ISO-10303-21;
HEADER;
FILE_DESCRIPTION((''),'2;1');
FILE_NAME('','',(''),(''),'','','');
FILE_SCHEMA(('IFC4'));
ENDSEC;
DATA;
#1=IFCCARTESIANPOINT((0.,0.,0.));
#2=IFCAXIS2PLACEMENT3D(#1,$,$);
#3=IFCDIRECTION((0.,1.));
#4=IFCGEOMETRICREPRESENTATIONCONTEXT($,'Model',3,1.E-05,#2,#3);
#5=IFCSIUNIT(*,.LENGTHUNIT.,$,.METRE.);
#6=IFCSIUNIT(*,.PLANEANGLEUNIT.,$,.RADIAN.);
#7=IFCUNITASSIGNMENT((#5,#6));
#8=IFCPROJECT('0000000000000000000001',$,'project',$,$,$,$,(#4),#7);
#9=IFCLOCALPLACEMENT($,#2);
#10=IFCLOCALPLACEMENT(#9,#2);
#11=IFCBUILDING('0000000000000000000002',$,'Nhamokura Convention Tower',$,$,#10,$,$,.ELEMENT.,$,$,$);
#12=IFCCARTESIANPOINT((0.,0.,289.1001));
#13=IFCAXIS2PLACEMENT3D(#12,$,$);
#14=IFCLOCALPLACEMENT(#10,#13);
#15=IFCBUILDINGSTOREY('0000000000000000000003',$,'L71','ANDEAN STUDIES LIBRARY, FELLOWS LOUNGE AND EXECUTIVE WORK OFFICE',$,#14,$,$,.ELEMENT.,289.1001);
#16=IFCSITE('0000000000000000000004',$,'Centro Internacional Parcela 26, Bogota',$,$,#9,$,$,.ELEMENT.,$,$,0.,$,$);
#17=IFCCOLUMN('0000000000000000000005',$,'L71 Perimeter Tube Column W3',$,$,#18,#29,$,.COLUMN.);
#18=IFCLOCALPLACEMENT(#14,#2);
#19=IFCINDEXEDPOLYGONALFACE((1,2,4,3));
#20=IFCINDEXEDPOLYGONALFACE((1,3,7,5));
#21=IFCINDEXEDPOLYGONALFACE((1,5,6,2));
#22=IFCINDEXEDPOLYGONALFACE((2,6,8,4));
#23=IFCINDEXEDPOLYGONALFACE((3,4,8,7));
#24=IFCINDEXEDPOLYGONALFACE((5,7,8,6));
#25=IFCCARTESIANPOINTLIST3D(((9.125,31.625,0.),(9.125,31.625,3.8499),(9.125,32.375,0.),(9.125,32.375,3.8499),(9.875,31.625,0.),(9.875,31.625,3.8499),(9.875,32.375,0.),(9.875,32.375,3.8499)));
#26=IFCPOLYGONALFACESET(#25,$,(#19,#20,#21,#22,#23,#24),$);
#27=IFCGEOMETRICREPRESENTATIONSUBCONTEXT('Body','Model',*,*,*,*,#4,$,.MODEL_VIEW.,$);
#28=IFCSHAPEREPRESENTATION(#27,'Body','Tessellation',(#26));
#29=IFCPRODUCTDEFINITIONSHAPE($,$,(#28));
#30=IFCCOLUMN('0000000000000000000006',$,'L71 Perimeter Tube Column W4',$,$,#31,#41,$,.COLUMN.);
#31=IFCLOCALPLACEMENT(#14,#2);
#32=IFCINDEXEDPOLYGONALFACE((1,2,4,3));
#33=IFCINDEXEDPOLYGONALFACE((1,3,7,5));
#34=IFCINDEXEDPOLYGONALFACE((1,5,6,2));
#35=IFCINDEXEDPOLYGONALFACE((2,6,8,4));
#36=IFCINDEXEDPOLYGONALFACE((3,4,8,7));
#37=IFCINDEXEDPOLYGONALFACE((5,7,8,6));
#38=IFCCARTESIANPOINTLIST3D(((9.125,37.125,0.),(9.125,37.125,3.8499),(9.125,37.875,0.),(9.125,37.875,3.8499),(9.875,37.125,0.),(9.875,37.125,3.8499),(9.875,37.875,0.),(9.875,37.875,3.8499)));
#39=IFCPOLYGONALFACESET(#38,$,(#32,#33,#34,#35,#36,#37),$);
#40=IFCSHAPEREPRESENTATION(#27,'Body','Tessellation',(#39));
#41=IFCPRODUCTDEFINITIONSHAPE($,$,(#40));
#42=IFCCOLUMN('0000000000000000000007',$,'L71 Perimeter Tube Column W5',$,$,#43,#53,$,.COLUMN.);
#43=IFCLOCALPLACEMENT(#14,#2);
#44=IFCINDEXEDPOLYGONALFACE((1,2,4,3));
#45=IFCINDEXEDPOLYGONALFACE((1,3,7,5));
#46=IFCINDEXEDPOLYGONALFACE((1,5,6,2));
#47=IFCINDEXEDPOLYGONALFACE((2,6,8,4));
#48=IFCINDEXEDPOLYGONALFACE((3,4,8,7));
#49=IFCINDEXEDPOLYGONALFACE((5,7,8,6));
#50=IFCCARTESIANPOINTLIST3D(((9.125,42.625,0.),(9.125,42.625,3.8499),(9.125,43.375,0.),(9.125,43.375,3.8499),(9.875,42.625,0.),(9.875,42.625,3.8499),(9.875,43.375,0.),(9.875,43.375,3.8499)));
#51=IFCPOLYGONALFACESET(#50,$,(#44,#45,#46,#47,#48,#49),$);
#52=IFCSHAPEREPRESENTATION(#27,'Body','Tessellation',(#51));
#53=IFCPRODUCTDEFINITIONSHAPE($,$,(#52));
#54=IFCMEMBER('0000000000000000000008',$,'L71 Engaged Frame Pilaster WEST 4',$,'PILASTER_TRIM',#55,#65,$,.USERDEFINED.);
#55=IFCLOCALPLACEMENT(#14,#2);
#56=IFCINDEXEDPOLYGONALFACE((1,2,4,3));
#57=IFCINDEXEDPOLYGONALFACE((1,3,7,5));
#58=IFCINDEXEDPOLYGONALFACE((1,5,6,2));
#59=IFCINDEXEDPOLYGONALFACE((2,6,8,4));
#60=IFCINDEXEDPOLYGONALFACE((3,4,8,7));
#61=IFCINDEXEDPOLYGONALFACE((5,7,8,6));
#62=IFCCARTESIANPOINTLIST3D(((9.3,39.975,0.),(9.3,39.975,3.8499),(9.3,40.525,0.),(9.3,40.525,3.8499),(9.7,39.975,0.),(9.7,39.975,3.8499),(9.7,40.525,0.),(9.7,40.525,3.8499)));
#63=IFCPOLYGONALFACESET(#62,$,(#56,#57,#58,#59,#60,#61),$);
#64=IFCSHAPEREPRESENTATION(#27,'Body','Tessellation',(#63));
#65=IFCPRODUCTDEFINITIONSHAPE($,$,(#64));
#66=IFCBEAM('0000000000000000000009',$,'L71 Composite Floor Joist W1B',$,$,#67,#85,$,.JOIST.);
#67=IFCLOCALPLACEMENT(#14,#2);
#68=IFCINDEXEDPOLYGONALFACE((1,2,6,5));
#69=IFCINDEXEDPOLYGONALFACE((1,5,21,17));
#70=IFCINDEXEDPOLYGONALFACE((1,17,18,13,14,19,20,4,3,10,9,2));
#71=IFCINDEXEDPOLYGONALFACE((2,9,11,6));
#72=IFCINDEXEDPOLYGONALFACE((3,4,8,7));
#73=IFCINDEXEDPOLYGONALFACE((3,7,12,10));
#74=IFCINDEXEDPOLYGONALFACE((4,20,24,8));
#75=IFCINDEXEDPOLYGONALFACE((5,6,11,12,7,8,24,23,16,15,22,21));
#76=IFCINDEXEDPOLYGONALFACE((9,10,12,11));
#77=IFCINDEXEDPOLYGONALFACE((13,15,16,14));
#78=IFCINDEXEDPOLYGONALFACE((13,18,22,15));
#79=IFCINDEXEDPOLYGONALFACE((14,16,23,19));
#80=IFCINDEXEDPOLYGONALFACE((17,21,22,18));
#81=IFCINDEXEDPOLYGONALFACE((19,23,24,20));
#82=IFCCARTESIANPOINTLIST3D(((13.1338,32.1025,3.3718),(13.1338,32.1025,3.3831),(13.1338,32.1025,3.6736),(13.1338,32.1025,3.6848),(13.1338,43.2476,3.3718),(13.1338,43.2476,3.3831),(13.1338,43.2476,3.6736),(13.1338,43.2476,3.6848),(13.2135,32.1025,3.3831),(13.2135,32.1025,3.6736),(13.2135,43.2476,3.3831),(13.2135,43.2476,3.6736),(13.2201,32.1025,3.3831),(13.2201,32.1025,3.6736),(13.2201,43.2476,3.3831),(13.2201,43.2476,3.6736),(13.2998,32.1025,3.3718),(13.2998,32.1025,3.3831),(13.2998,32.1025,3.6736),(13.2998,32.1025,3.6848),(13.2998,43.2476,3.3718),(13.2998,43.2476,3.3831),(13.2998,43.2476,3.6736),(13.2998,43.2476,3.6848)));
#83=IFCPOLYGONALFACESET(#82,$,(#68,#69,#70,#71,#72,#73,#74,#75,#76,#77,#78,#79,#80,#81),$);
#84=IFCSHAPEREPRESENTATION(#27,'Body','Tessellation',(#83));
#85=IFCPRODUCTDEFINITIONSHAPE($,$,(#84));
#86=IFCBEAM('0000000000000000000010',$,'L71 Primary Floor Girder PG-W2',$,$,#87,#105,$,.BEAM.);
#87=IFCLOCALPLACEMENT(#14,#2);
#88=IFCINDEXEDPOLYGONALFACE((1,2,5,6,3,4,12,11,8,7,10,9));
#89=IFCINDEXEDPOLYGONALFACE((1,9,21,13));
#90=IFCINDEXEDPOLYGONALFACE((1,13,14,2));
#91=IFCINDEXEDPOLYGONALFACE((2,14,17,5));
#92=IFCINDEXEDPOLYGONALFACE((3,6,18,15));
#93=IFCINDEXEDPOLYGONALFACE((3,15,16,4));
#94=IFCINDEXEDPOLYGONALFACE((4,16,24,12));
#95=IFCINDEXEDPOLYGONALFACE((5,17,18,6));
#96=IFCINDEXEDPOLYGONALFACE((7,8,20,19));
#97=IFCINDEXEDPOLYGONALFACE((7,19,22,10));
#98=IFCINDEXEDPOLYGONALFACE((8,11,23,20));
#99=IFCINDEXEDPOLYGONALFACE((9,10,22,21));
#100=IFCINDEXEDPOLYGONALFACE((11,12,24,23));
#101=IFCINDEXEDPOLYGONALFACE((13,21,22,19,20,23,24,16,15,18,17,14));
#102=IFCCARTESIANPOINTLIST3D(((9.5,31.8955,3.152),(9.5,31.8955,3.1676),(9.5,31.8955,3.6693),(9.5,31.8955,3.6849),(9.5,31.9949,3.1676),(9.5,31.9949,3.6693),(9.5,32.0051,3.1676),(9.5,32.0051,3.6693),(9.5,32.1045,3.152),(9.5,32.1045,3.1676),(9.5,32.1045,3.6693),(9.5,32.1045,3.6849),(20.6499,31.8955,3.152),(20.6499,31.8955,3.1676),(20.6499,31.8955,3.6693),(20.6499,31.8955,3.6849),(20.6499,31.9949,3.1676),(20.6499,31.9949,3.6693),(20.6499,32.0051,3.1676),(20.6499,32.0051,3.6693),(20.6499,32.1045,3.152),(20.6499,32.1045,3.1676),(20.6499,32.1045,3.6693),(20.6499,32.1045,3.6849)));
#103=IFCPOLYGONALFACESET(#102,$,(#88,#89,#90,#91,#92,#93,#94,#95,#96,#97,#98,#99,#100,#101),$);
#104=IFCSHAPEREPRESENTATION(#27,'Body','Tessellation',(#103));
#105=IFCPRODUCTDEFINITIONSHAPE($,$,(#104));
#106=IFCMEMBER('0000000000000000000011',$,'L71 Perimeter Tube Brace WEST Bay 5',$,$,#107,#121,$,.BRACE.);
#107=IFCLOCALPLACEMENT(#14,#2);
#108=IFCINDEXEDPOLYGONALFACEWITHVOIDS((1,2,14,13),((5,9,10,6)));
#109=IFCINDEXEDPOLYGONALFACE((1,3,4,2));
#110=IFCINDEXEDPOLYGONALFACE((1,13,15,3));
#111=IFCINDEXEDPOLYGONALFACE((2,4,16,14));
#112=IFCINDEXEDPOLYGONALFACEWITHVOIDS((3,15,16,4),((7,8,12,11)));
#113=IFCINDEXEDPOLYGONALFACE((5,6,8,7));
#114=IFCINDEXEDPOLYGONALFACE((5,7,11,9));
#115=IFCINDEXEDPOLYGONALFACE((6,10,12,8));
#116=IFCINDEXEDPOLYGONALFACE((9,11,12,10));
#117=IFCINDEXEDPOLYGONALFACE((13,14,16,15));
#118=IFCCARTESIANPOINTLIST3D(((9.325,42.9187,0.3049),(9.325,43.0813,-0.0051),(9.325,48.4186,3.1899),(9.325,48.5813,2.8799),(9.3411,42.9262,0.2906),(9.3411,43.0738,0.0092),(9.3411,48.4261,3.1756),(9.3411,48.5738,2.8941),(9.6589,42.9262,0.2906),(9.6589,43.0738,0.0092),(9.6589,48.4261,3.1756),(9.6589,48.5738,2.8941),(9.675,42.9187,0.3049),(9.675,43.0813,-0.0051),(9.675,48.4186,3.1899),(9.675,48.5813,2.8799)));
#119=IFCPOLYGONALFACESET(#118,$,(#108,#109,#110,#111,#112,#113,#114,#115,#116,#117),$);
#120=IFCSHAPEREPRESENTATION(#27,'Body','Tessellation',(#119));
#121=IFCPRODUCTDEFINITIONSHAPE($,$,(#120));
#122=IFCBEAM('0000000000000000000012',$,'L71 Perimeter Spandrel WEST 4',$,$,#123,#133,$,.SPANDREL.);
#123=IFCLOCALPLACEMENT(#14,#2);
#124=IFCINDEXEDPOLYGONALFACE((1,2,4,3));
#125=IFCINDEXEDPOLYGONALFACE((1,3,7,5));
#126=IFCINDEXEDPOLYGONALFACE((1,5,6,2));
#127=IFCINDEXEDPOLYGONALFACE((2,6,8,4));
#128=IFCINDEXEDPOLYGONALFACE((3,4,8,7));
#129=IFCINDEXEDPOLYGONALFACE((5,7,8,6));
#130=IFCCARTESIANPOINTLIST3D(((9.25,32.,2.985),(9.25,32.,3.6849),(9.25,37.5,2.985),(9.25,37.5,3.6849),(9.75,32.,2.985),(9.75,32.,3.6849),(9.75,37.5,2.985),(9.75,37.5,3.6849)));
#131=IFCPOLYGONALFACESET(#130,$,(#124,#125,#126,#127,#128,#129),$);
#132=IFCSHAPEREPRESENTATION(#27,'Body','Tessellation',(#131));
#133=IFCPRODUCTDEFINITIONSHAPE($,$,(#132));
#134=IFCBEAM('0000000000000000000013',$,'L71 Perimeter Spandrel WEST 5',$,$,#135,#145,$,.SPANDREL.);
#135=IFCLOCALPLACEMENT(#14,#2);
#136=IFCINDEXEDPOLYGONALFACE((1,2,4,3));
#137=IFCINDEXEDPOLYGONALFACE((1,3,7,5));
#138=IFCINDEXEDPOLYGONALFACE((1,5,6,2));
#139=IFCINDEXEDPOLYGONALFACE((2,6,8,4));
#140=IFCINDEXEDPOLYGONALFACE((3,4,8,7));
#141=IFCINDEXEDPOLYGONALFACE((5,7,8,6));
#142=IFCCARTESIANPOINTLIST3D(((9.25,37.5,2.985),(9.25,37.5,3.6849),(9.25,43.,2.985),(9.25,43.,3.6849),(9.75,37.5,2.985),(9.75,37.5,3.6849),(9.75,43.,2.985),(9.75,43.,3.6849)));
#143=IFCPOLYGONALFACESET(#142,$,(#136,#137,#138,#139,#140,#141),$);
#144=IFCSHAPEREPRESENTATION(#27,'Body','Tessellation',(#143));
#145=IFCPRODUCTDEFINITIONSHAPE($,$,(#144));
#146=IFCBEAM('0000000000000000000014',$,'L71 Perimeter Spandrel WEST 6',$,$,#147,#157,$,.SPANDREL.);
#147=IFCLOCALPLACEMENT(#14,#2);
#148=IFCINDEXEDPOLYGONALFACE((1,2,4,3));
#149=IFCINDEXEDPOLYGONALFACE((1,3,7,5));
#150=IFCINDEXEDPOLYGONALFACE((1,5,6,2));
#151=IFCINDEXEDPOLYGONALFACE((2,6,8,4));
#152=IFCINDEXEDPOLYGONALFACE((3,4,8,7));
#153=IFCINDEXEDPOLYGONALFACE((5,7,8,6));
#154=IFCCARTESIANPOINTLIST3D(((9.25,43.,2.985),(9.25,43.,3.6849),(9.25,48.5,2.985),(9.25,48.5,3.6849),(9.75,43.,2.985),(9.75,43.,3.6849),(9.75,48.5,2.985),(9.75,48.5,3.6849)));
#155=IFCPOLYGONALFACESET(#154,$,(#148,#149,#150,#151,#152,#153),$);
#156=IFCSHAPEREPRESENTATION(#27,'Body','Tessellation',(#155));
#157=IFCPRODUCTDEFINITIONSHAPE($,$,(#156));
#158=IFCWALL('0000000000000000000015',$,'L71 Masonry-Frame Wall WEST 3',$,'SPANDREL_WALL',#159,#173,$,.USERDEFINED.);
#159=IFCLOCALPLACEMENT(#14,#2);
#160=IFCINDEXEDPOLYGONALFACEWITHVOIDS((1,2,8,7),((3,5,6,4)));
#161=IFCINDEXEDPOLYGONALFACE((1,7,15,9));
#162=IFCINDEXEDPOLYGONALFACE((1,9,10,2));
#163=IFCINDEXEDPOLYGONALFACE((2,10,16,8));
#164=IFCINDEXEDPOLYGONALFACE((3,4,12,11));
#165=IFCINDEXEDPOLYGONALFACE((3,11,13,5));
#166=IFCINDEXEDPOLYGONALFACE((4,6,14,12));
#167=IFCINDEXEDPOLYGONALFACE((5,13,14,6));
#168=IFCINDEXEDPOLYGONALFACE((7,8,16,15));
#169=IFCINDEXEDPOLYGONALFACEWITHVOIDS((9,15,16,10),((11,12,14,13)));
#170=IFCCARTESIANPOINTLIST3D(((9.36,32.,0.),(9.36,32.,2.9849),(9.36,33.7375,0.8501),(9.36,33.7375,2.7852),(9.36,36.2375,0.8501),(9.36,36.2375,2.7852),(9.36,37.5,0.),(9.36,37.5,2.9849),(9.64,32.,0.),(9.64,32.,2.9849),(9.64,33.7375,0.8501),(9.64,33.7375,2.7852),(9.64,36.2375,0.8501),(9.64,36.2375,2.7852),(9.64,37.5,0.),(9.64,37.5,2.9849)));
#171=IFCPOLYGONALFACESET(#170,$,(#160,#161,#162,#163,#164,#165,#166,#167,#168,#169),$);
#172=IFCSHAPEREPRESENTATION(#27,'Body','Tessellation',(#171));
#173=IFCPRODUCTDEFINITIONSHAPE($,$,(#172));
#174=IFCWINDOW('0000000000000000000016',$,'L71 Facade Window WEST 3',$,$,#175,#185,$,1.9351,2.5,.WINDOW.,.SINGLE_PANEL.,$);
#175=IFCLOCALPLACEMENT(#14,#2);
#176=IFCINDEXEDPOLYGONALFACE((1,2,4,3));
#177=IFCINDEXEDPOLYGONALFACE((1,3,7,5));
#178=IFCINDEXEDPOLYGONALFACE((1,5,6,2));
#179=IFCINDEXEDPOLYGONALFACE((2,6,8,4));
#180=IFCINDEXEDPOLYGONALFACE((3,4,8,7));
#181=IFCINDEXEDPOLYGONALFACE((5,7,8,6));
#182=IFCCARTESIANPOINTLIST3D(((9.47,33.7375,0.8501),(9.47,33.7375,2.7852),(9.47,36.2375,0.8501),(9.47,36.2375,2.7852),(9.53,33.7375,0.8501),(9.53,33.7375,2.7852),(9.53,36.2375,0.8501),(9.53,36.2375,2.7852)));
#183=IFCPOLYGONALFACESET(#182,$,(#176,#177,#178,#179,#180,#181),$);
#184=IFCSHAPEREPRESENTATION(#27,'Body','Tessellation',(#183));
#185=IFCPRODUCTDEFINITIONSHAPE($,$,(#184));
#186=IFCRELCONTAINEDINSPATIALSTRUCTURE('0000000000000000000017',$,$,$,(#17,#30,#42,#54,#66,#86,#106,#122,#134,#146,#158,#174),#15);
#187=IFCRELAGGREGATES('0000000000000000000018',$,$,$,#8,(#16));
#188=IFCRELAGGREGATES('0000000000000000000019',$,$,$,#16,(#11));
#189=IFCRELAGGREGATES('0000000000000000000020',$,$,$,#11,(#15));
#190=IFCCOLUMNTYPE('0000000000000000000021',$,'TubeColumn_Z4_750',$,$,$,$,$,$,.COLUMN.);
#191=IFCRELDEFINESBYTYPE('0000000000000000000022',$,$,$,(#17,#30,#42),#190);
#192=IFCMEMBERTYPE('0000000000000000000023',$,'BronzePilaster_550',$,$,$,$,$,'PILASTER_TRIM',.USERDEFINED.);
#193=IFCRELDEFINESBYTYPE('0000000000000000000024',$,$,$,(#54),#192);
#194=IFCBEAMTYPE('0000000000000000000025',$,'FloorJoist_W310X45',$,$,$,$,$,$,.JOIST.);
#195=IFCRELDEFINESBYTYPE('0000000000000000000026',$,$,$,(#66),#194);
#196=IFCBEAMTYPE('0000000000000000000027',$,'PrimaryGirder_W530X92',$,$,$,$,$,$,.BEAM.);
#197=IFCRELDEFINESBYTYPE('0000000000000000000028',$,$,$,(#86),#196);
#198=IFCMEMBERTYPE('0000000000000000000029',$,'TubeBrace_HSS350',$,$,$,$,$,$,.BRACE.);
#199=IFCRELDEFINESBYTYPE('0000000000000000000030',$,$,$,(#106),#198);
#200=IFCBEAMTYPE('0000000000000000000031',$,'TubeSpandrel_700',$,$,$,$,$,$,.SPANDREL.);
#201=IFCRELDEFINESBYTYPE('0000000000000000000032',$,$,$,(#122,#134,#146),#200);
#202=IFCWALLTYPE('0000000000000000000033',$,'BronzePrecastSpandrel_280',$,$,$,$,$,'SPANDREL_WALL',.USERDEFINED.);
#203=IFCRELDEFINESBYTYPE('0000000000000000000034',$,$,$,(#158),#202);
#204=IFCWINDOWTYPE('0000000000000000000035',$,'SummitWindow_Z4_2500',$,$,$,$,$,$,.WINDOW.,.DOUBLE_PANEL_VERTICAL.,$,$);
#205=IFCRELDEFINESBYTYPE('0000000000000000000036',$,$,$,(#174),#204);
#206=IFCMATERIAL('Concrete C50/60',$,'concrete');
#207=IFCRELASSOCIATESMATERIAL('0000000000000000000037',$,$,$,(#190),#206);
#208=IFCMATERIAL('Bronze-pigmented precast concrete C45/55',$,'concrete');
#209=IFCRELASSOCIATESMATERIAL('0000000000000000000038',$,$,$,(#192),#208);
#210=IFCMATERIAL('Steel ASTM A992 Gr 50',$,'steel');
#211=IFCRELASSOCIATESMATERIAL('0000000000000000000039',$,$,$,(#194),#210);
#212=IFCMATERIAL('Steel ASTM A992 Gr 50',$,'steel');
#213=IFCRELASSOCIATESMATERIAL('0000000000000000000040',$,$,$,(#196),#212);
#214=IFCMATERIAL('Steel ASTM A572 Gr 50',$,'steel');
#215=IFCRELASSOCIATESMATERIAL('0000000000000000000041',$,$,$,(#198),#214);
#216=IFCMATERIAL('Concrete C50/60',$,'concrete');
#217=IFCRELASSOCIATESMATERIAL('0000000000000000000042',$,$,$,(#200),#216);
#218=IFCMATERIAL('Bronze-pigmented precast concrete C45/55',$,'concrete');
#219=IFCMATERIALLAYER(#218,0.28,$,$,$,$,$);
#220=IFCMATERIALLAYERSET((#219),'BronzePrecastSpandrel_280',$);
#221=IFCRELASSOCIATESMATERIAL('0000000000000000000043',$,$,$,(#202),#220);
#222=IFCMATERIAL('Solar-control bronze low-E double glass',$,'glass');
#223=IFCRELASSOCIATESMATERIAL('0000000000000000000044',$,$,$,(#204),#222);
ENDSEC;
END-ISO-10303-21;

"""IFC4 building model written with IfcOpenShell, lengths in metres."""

from ifc_helpers import new_model, si_unit, direction, frame, frame_2d, origin, origin_2d, place, context, subcontext, project, spatial, rectangle, hollow_rectangle, i_section, extrude, material, layer, layer_set, material_profile, profile_set, type_object, element, fill, save


model = new_model("IFC4")

# Units and contexts
model_context = context("Model", 3, precision=1e-05, world=origin(), true_north=direction((0.0, 1.0)))
body_context = subcontext(model_context, "Body", "Model", "MODEL_VIEW")
ifc_project = project(units=[si_unit("LENGTHUNIT", "METRE"), si_unit("PLANEANGLEUNIT", "RADIAN")], contexts=[model_context])

# Site, building, storey
site_placement = place(None, origin())
site = spatial("IfcSite", under=ifc_project, at=site_placement, Name="Centro Internacional Parcela 26, Bogota", CompositionType="ELEMENT", RefElevation=0.0)
building_placement = place(site_placement, origin())
building = spatial("IfcBuilding", under=site, at=building_placement, Name="Nhamokura Convention Tower", CompositionType="ELEMENT")
storey_placement = place(building_placement, frame((0.0, 0.0, 289.1001)))
storey = spatial("IfcBuildingStorey", under=building, at=storey_placement, Name="L71", Description="ANDEAN STUDIES LIBRARY, FELLOWS LOUNGE AND EXECUTIVE WORK OFFICE", CompositionType="ELEMENT", Elevation=289.1001)

# Columns
ifc_material_1 = material(Name="Concrete C50/60", Category="concrete")
ifc_material_profile_1 = material_profile(ifc_material_1, rectangle(XDim=0.75, YDim=0.75, at=origin_2d()))
ifc_profile_set_1 = profile_set([ifc_material_profile_1], Name="Concrete C50/60")
column_type = type_object("IfcColumnType", Name="TubeColumn_Z4_750", PredefinedType="COLUMN", material=ifc_profile_set_1)
for number, where, z_axis, x_axis, name in (
    (1, (9.5, 32.0, 0.0), (0.0, 0.0, 1.0), (1.0, 0.0, 0.0), "L71 Perimeter Tube Column W3"),
    (2, (9.5, 37.5, 0.0), (0.0, 0.0, 1.0), (1.0, 0.0, 0.0), "L71 Perimeter Tube Column W4"),
    (3, (9.5, 43.0, 0.0), (0.0, 0.0, 1.0), (1.0, 0.0, 0.0), "L71 Perimeter Tube Column W5"),
):
    element("IfcColumn", number, at=place(storey_placement, frame(where, z_axis=z_axis, x_axis=x_axis)), inside=storey, type_object=column_type, Name=name, PredefinedType="COLUMN", context=body_context, shape_type="SweptSolid", body=[
        extrude(rectangle(XDim=0.75, YDim=0.75, at=origin_2d()), origin(), (0.0, 0.0, 1.0), 3.8499),
    ])

# Member
ifc_material_2 = material(Name="Bronze-pigmented precast concrete C45/55", Category="concrete")
ifc_material_profile_2 = material_profile(ifc_material_2, rectangle(XDim=0.3999, YDim=0.55, at=origin_2d()))
ifc_profile_set_2 = profile_set([ifc_material_profile_2], Name="Bronze-pigmented precast concrete C45/55")
member_type_1 = type_object("IfcMemberType", Name="BronzePilaster_550", ElementType="PILASTER_TRIM", PredefinedType="USERDEFINED", material=ifc_profile_set_2)
member_1_placement = place(storey_placement, frame((9.5, 40.25, 0.0), z_axis=(0.0, 0.0, 1.0), x_axis=(1.0, 0.0, 0.0)))
element("IfcMember", 4, at=member_1_placement, inside=storey, type_object=member_type_1, Name="L71 Engaged Frame Pilaster WEST 4", ObjectType="PILASTER_TRIM", PredefinedType="USERDEFINED", context=body_context, shape_type="SweptSolid", body=[
    extrude(rectangle(XDim=0.3999, YDim=0.55, at=origin_2d()), origin(), (0.0, 0.0, 1.0), 3.8499),
])

# Beams
ifc_material_3 = material(Name="Steel ASTM A992 Gr 50", Category="steel")
ifc_material_profile_3 = material_profile(ifc_material_3, i_section(OverallWidth=0.166, OverallDepth=0.313, WebThickness=0.0066, FlangeThickness=0.0112, at=origin_2d()))
ifc_profile_set_3 = profile_set([ifc_material_profile_3], Name="Steel ASTM A992 Gr 50")
beam_type_1 = type_object("IfcBeamType", Name="FloorJoist_W310X45", PredefinedType="JOIST", material=ifc_profile_set_3)
beam_1_placement = place(storey_placement, frame((13.2168, 32.1025, 3.5283), z_axis=(0.0, 1.0, 0.0), x_axis=(-1.0, 0.0, 0.0)))
element("IfcBeam", 5, at=beam_1_placement, inside=storey, type_object=beam_type_1, Name="L71 Composite Floor Joist W1B", PredefinedType="JOIST", context=body_context, shape_type="SweptSolid", body=[
    extrude(i_section(OverallWidth=0.166, OverallDepth=0.313, WebThickness=0.0066, FlangeThickness=0.0112, at=origin_2d()), origin(), (0.0, 0.0, 1.0), 11.145),
])
ifc_material_4 = material(Name="Steel ASTM A992 Gr 50", Category="steel")
ifc_material_profile_4 = material_profile(ifc_material_4, i_section(OverallWidth=0.209, OverallDepth=0.533, WebThickness=0.0103, FlangeThickness=0.0156, at=origin_2d()))
ifc_profile_set_4 = profile_set([ifc_material_profile_4], Name="Steel ASTM A992 Gr 50")
beam_type_2 = type_object("IfcBeamType", Name="PrimaryGirder_W530X92", PredefinedType="BEAM", material=ifc_profile_set_4)
beam_2_placement = place(storey_placement, frame((9.5, 32.0, 3.4185), z_axis=(1.0, 0.0, 0.0), x_axis=(0.0, 1.0, 0.0)))
element("IfcBeam", 6, at=beam_2_placement, inside=storey, type_object=beam_type_2, Name="L71 Primary Floor Girder PG-W2", PredefinedType="BEAM", context=body_context, shape_type="SweptSolid", body=[
    extrude(i_section(OverallWidth=0.209, OverallDepth=0.533, WebThickness=0.0103, FlangeThickness=0.0156, at=origin_2d()), origin(), (0.0, 0.0, 1.0), 11.1499),
])

# Member
ifc_material_5 = material(Name="Steel ASTM A572 Gr 50", Category="steel")
ifc_material_profile_5 = material_profile(ifc_material_5, hollow_rectangle(XDim=0.3501, YDim=0.3501, WallThickness=0.0161, at=origin_2d()))
ifc_profile_set_5 = profile_set([ifc_material_profile_5], Name="Steel ASTM A572 Gr 50")
member_type_2 = type_object("IfcMemberType", Name="TubeBrace_HSS350", PredefinedType="BRACE", material=ifc_profile_set_5)
member_2_placement = place(storey_placement, frame((9.5, 43.0, 0.1499), z_axis=(0.0, 0.885563, 0.46452), x_axis=(-1.0, 0.0, 0.0)))
element("IfcMember", 7, at=member_2_placement, inside=storey, type_object=member_type_2, Name="L71 Perimeter Tube Brace WEST Bay 5", PredefinedType="BRACE", context=body_context, shape_type="SweptSolid", body=[
    extrude(hollow_rectangle(XDim=0.3501, YDim=0.3501, WallThickness=0.0161, at=origin_2d()), origin(), (0.0, 0.0, 1.0), 6.2107),
])

# Beams
ifc_material_6 = material(Name="Concrete C50/60", Category="concrete")
ifc_material_profile_6 = material_profile(ifc_material_6, rectangle(XDim=0.5, YDim=0.7, at=origin_2d()))
ifc_profile_set_6 = profile_set([ifc_material_profile_6], Name="Concrete C50/60")
beam_type_3 = type_object("IfcBeamType", Name="TubeSpandrel_700", PredefinedType="SPANDREL", material=ifc_profile_set_6)
for number, where, z_axis, x_axis, name in (
    (8, (9.5, 32.0, 3.335), (0.0, 1.0, 0.0), (-1.0, 0.0, 0.0), "L71 Perimeter Spandrel WEST 4"),
    (9, (9.5, 37.5, 3.335), (0.0, 1.0, 0.0), (-1.0, 0.0, 0.0), "L71 Perimeter Spandrel WEST 5"),
    (10, (9.5, 43.0, 3.335), (0.0, 1.0, 0.0), (-1.0, 0.0, 0.0), "L71 Perimeter Spandrel WEST 6"),
):
    element("IfcBeam", number, at=place(storey_placement, frame(where, z_axis=z_axis, x_axis=x_axis)), inside=storey, type_object=beam_type_3, Name=name, PredefinedType="SPANDREL", context=body_context, shape_type="SweptSolid", body=[
        extrude(rectangle(XDim=0.5, YDim=0.7, at=origin_2d()), origin(), (0.0, 0.0, 1.0), 5.5),
    ])

# Wall, opening, window
ifc_material_7 = material(Name="Bronze-pigmented precast concrete C45/55", Category="concrete")
ifc_layer_1 = layer(ifc_material_7, 0.28)
ifc_layer_set_1 = layer_set([ifc_layer_1], Name="BronzePrecastSpandrel_280")
wall_type_1 = type_object("IfcWallType", Name="BronzePrecastSpandrel_280", ElementType="SPANDREL_WALL", PredefinedType="USERDEFINED", material=ifc_layer_set_1)
wall_1_placement = place(storey_placement, frame((9.5, 32.0, 0.0), z_axis=(0.0, 0.0, 1.0), x_axis=(0.0, 1.0, 0.0)))
wall_1 = element("IfcWall", 11, at=wall_1_placement, inside=storey, type_object=wall_type_1, Name="L71 Masonry-Frame Wall WEST 3", ObjectType="SPANDREL_WALL", PredefinedType="USERDEFINED", context=body_context, shape_type="SweptSolid", body=[
    extrude(rectangle(XDim=5.5, YDim=0.28, at=frame_2d((2.75, 0.0))), origin(), (0.0, 0.0, 1.0), 2.9849),
])
opening_1_placement = place(wall_1_placement, frame((1.7375, 0.0, 0.8501)))
opening_1 = element("IfcOpeningElement", 12, at=opening_1_placement, cuts=wall_1, PredefinedType="OPENING", context=body_context, shape_type="SweptSolid", body=[
    extrude(rectangle(XDim=2.5, YDim=1.9351, at=frame_2d((1.25, 0.9675))), frame((0.0, 0.1499, 0.0), z_axis=(0.0, -1.0, 0.0), x_axis=(1.0, 0.0, 0.0)), (0.0, 0.0, 1.0), 0.3),
])
ifc_material_8 = material(Name="Solar-control bronze low-E double glass", Category="glass")
window_type_1 = type_object("IfcWindowType", Name="SummitWindow_Z4_2500", PartitioningType="DOUBLE_PANEL_VERTICAL", PredefinedType="WINDOW", material=ifc_material_8)
window_1_placement = place(opening_1_placement, origin())
window_1 = element("IfcWindow", 13, at=window_1_placement, inside=storey, type_object=window_type_1, Name="L71 Facade Window WEST 3", OverallHeight=1.9351, OverallWidth=2.5, PartitioningType="SINGLE_PANEL", PredefinedType="WINDOW", context=body_context, shape_type="SweptSolid", body=[
    extrude(rectangle(XDim=2.5, YDim=1.9351, at=frame_2d((1.25, 0.9675))), frame((0.0, 0.03, 0.0), z_axis=(0.0, -1.0, 0.0), x_axis=(1.0, 0.0, 0.0)), (0.0, 0.0, 1.0), 0.0601),
])
fill(opening_1, window_1)

save(model, "model.ifc")
